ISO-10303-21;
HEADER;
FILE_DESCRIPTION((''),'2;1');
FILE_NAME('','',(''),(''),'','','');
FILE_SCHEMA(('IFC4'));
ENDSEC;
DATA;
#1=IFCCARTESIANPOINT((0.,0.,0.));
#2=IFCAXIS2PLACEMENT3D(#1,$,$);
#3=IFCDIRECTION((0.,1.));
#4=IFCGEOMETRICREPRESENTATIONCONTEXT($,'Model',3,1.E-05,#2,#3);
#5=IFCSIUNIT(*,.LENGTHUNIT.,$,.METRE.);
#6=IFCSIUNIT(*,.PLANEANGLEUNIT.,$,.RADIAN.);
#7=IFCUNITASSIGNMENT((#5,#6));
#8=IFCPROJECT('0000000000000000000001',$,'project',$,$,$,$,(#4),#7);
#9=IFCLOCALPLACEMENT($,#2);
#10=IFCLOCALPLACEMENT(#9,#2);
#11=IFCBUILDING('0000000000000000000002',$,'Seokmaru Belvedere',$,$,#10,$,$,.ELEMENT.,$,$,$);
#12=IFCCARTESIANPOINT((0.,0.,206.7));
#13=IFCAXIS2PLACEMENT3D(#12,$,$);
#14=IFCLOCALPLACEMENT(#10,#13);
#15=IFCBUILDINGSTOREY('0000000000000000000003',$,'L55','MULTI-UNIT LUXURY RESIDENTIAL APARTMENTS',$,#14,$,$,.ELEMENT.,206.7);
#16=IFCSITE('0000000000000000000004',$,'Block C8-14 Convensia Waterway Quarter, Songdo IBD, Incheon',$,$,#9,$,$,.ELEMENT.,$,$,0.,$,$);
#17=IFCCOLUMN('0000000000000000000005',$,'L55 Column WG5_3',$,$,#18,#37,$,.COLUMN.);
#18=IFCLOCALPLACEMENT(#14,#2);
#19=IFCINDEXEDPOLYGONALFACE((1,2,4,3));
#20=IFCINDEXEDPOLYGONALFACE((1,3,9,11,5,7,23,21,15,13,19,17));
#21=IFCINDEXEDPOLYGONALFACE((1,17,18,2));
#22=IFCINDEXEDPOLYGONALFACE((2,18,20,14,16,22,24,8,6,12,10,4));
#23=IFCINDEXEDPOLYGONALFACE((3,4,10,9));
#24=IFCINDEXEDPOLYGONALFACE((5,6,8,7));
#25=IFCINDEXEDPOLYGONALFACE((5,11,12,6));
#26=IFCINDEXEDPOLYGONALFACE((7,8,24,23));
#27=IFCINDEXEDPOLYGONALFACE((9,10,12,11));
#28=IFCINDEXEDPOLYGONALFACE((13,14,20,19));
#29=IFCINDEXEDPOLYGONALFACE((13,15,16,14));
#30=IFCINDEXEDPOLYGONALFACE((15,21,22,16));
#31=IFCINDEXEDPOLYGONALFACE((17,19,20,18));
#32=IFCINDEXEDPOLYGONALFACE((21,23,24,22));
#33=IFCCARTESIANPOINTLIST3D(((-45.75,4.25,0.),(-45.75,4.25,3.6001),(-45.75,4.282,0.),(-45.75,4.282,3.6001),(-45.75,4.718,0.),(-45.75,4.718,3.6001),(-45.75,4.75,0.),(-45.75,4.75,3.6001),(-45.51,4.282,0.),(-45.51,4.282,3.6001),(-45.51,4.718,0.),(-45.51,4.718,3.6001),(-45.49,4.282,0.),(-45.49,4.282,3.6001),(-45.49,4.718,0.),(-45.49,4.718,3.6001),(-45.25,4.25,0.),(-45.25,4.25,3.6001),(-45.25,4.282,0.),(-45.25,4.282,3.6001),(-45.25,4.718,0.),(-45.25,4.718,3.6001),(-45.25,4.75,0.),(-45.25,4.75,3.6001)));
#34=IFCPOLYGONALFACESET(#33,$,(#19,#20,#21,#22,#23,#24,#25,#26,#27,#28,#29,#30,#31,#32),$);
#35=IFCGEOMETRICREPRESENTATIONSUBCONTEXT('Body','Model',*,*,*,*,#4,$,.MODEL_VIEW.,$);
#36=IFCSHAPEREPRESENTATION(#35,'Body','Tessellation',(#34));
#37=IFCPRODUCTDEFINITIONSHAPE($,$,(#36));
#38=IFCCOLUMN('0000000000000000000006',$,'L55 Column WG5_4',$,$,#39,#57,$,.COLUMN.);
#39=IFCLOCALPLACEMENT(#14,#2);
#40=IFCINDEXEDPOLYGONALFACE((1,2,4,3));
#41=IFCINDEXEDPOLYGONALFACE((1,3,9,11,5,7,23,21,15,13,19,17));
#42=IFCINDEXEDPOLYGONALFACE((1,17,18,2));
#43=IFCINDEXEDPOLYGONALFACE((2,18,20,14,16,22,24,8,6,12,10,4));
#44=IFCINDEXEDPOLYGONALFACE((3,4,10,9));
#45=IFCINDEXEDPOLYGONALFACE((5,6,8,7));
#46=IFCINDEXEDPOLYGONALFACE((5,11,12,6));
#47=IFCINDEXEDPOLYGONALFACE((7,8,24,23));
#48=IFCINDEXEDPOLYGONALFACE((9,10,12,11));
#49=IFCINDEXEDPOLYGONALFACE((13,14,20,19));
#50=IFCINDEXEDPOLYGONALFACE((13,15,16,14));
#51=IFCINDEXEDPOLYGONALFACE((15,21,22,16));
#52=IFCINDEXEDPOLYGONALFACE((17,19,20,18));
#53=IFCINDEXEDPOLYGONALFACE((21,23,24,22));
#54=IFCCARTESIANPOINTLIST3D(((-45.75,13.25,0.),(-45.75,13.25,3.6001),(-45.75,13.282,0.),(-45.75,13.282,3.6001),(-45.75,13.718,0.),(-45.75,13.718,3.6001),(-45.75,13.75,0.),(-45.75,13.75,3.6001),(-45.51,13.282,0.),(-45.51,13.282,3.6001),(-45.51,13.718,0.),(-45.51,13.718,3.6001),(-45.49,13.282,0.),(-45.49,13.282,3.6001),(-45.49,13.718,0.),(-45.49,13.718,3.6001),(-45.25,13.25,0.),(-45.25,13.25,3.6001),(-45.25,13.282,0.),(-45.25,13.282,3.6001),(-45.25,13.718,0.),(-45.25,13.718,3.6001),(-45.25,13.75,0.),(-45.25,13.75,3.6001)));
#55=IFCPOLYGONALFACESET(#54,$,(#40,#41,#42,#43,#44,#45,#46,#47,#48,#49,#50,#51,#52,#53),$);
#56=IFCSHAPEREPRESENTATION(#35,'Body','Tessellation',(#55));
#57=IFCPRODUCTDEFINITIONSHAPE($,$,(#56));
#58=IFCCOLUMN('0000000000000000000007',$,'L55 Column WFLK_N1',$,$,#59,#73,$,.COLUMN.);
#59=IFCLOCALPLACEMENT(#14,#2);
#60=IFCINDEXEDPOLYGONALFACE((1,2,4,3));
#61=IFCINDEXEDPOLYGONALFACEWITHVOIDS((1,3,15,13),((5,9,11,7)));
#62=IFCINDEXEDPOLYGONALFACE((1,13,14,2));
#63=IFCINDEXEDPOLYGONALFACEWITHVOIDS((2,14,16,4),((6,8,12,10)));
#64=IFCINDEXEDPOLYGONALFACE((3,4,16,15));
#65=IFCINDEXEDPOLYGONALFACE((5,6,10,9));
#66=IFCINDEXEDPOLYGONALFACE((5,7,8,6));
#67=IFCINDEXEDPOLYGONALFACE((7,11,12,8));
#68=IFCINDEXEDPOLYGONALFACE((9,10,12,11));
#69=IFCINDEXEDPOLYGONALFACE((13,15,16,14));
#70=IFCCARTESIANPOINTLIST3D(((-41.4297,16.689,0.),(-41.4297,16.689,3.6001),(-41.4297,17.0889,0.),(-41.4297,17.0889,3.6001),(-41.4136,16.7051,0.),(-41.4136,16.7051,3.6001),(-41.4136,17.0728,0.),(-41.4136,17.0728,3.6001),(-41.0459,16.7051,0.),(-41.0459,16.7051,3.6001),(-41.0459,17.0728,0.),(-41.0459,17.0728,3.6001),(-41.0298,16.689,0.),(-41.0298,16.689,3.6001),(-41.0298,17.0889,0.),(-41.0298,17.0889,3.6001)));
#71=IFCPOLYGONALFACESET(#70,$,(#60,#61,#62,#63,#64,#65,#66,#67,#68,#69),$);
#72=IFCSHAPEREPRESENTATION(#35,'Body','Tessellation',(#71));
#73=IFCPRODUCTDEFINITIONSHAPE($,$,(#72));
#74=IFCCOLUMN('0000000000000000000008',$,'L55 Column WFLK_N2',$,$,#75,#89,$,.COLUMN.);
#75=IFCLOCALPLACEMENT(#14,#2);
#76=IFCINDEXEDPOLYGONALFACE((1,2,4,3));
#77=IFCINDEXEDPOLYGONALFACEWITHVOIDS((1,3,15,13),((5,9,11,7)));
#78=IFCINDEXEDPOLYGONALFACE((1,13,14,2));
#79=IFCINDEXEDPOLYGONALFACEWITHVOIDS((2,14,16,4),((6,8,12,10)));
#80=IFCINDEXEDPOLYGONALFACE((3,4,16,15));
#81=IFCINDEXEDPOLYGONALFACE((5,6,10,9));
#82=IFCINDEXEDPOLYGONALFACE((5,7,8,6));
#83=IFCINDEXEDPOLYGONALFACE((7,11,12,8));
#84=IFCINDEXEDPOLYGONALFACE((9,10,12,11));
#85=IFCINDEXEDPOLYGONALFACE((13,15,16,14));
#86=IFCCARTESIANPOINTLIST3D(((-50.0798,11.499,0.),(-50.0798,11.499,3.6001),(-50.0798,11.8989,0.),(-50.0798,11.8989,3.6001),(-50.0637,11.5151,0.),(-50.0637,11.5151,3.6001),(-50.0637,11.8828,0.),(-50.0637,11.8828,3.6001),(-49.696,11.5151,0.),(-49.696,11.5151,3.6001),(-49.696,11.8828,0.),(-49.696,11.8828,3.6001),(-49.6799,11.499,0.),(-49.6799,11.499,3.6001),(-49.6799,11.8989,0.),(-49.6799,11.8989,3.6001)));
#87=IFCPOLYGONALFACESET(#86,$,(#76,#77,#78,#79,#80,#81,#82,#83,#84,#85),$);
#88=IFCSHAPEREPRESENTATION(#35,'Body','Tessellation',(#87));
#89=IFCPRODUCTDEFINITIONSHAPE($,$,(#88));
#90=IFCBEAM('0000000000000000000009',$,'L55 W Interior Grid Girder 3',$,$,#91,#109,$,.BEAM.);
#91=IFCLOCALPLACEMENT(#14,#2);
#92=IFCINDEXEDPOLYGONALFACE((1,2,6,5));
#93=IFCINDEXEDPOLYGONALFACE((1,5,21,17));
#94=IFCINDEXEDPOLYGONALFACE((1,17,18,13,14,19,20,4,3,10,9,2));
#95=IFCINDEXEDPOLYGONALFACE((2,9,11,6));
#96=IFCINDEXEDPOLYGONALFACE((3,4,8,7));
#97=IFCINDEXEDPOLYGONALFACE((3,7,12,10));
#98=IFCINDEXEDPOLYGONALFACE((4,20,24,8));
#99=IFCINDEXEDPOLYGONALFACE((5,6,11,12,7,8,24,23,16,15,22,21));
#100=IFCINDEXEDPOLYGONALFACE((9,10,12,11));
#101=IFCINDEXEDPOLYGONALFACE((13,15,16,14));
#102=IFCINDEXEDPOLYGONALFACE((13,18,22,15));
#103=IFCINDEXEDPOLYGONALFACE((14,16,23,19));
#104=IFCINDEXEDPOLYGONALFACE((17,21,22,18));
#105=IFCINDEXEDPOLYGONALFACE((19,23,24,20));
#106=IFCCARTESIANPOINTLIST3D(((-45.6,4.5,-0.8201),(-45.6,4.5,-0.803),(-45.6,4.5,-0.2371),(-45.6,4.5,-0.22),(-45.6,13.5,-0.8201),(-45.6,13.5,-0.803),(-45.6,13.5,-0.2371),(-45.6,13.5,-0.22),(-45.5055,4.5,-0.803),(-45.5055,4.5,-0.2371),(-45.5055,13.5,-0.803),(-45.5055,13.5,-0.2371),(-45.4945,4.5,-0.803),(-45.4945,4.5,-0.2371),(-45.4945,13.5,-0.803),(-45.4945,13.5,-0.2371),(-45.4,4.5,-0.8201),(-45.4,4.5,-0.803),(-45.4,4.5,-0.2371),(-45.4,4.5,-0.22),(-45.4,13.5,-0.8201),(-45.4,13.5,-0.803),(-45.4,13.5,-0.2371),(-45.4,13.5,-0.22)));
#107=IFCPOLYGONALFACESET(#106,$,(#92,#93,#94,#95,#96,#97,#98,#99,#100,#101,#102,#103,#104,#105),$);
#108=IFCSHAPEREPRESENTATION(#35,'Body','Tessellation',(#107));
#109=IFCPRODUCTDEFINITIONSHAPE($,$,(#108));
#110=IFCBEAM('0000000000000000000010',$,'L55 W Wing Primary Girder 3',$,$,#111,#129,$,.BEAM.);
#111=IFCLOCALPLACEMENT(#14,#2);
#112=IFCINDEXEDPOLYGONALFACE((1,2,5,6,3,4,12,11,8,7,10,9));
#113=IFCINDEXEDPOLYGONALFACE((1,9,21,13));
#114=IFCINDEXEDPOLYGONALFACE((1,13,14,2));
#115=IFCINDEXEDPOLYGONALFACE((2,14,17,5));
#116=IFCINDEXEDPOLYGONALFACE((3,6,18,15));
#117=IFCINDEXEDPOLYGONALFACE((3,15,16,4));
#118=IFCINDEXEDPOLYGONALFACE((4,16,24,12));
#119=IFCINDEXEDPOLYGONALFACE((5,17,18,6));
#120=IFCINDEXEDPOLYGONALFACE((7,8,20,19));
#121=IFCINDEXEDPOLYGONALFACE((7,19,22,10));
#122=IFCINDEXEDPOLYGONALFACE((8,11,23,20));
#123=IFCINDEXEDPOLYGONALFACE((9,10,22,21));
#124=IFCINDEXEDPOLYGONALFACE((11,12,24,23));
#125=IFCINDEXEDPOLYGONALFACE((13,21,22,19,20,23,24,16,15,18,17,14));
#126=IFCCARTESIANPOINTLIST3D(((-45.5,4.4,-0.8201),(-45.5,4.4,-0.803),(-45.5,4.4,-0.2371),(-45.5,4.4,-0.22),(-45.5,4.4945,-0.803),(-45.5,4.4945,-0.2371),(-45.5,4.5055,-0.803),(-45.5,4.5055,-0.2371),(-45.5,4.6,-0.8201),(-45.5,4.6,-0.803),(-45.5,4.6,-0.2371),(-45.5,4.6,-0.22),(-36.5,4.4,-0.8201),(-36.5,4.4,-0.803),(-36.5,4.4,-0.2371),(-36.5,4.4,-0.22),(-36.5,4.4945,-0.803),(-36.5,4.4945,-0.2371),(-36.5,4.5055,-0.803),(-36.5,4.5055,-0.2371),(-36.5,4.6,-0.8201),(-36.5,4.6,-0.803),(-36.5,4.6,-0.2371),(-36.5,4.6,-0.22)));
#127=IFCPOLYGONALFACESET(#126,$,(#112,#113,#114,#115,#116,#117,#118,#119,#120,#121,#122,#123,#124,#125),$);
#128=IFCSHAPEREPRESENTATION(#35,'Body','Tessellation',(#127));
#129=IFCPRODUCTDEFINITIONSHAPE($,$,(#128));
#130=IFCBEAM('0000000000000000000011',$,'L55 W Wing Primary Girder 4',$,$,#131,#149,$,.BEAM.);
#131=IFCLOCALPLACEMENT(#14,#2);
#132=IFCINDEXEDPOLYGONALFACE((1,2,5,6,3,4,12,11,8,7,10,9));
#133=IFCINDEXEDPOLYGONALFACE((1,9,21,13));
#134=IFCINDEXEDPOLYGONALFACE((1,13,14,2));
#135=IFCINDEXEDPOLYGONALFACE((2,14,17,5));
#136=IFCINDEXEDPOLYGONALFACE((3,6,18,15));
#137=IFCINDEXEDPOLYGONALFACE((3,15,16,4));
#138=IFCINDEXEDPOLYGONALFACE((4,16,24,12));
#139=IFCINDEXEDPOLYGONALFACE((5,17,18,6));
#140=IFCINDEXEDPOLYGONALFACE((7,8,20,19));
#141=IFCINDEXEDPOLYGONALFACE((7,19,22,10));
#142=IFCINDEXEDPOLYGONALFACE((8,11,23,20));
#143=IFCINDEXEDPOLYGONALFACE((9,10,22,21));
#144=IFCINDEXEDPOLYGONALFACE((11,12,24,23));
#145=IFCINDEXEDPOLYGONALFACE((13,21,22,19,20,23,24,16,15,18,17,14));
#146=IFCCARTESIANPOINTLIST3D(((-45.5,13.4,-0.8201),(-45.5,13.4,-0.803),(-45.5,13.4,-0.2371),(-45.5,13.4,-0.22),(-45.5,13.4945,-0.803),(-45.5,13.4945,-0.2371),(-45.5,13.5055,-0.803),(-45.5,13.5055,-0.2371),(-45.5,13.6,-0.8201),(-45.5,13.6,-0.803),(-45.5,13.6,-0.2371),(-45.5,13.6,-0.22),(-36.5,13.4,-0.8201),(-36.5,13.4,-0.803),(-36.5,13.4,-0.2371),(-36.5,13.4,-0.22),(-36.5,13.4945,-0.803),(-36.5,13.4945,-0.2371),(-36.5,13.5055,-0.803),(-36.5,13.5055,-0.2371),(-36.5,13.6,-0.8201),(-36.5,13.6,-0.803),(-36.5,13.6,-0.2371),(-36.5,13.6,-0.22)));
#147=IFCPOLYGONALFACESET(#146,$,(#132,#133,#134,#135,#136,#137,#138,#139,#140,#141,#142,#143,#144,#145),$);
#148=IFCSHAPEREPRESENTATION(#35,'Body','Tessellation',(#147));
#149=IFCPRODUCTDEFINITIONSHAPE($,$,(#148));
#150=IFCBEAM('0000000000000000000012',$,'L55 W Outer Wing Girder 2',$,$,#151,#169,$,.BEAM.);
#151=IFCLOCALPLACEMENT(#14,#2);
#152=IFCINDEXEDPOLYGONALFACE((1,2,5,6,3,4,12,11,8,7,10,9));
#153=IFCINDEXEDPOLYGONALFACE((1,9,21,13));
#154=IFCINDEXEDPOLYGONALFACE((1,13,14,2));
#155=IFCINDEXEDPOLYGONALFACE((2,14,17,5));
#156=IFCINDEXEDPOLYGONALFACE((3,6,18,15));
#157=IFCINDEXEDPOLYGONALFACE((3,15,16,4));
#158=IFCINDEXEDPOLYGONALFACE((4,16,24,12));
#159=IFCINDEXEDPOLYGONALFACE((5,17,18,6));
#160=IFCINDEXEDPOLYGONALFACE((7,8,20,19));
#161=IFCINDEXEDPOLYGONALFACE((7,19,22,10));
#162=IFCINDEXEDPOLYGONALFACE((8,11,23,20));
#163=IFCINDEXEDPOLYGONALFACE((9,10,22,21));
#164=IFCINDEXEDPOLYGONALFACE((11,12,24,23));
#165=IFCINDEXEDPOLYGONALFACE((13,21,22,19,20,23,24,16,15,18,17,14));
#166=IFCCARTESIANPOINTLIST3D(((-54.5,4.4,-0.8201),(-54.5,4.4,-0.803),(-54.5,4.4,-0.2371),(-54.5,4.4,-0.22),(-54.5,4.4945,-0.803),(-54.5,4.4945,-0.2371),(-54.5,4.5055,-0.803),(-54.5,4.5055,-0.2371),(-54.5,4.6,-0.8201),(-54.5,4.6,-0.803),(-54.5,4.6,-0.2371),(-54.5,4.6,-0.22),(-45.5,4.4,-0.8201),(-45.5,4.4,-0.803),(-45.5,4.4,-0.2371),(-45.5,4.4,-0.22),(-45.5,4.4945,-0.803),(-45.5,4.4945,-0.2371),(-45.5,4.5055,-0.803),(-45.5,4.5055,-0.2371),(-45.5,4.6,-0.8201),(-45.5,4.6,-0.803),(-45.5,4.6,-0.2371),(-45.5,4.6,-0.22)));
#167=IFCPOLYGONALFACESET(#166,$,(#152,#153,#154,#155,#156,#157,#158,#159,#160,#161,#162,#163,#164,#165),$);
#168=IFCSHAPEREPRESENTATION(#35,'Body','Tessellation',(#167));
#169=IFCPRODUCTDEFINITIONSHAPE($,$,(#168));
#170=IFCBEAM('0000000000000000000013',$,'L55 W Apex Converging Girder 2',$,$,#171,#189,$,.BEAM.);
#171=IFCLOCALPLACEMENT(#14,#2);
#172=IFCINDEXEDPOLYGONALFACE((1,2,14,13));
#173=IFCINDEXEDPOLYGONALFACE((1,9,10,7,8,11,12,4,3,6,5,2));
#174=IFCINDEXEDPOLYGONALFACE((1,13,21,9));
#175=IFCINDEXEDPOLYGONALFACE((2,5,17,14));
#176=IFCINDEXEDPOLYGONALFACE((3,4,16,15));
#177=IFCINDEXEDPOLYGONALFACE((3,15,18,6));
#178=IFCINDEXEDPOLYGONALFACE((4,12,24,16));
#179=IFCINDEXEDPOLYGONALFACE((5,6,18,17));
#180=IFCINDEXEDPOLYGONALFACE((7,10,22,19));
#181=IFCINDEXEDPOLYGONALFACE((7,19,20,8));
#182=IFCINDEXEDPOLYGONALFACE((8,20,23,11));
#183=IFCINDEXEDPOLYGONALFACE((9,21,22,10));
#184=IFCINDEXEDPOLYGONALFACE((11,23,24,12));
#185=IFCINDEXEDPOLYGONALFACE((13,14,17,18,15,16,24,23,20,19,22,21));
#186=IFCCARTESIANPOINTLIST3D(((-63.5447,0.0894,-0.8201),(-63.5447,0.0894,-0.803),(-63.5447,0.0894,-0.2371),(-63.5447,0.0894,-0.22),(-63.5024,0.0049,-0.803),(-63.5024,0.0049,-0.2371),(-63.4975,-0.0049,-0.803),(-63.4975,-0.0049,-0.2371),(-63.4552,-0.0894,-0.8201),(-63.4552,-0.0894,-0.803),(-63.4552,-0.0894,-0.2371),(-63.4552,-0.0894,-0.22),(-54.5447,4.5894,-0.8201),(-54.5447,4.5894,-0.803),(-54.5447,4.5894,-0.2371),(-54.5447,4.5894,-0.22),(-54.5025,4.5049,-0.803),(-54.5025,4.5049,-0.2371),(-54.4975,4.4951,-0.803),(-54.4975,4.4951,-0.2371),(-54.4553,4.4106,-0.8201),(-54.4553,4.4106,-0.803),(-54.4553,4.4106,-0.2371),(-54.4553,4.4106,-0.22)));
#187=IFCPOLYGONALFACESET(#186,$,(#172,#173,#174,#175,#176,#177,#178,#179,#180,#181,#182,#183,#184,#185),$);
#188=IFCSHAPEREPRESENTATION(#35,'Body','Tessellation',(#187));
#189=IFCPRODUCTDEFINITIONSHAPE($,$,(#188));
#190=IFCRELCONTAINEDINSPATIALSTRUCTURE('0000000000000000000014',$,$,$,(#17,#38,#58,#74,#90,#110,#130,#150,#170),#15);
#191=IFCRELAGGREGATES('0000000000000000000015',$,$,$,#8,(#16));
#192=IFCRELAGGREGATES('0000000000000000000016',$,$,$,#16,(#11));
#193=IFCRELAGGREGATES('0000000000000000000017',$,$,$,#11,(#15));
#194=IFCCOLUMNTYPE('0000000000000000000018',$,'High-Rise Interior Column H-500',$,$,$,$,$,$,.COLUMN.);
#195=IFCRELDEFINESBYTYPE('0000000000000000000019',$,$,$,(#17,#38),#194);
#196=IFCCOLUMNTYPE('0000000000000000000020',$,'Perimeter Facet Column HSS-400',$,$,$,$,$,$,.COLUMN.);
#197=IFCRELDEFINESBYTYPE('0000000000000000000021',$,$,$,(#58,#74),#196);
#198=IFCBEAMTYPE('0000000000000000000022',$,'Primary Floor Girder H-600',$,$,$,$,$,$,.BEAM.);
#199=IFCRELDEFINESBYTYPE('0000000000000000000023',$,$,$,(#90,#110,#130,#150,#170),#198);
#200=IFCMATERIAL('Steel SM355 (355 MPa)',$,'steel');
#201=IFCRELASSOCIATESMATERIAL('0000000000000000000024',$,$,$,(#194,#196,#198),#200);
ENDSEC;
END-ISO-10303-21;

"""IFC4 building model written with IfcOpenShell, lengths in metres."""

from ifc_helpers import new_model, si_unit, direction, frame, origin, origin_2d, place, context, subcontext, project, spatial, hollow_rectangle, i_section, extrude, source, transform, mapped, material, material_profile, profile_set, type_object, type_shapes, element, save


model = new_model("IFC4")

# Units and contexts
model_context = context("Model", 3, precision=1e-05, world=origin(), true_north=direction((0.0, 1.0)))
body_context = subcontext(model_context, "Body", "Model", "MODEL_VIEW")
ifc_project = project(units=[si_unit("LENGTHUNIT", "METRE"), si_unit("PLANEANGLEUNIT", "RADIAN")], contexts=[model_context])

# Site, building, storey
site_placement = place(None, origin())
site = spatial("IfcSite", under=ifc_project, at=site_placement, Name="Block C8-14 Convensia Waterway Quarter, Songdo IBD, Incheon", CompositionType="ELEMENT", RefElevation=0.0)
building_placement = place(site_placement, origin())
building = spatial("IfcBuilding", under=site, at=building_placement, Name="Seokmaru Belvedere", CompositionType="ELEMENT")
storey_placement = place(building_placement, frame((0.0, 0.0, 206.7)))
storey = spatial("IfcBuildingStorey", under=building, at=storey_placement, Name="L55", Description="MULTI-UNIT LUXURY RESIDENTIAL APARTMENTS", CompositionType="ELEMENT", Elevation=206.7)

# Columns
ifc_material_1 = material(Name="Steel SM355 (355 MPa)", Category="steel")
ifc_material_profile_1 = material_profile(ifc_material_1, i_section(OverallWidth=0.5, OverallDepth=0.5, WebThickness=0.02, FlangeThickness=0.032, at=origin_2d()), Name="H-500x500x20x32")
ifc_profile_set_1 = profile_set([ifc_material_profile_1], Name="Steel SM355 (355 MPa)")
column_type_1 = type_object("IfcColumnType", Name="High-Rise Interior Column H-500", PredefinedType="COLUMN", material=ifc_profile_set_1)
shared_shape_1 = source(origin(), body_context, "Body", "SweptSolid", [
    extrude(i_section(OverallWidth=0.5, OverallDepth=0.5, WebThickness=0.02, FlangeThickness=0.032, at=origin_2d()), origin(), (0.0, 0.0, 1.0), 3.6001),
])
type_shapes(column_type_1, [shared_shape_1])
for number, where, z_axis, x_axis, name in (
    (1, (-45.5, 4.5, 0.0), (0.0, 0.0, 1.0), (1.0, 0.0, 0.0), "L55 Column WG5_3"),
    (2, (-45.5, 13.5, 0.0), (0.0, 0.0, 1.0), (1.0, 0.0, 0.0), "L55 Column WG5_4"),
):
    element("IfcColumn", number, at=place(storey_placement, frame(where, z_axis=z_axis, x_axis=x_axis)), inside=storey, type_object=column_type_1, Name=name, PredefinedType="COLUMN", context=body_context, shape_type="MappedRepresentation", body=[
        mapped(shared_shape_1, transform((0.0, 0.0, 0.0), scale=1.0)),
    ])
ifc_material_profile_2 = material_profile(ifc_material_1, hollow_rectangle(XDim=0.3999, YDim=0.3999, WallThickness=0.0161, at=origin_2d()), Name="HSS-400x400x16")
ifc_profile_set_2 = profile_set([ifc_material_profile_2], Name="Steel SM355 (355 MPa)")
column_type_2 = type_object("IfcColumnType", Name="Perimeter Facet Column HSS-400", PredefinedType="COLUMN", material=ifc_profile_set_2)
shared_shape_2 = source(origin(), body_context, "Body", "SweptSolid", [
    extrude(hollow_rectangle(XDim=0.3999, YDim=0.3999, WallThickness=0.0161, at=origin_2d()), origin(), (0.0, 0.0, 1.0), 3.6001),
])
type_shapes(column_type_2, [shared_shape_2])
for number, where, z_axis, x_axis, name in (
    (3, (-41.2297, 16.8889, 0.0), (0.0, 0.0, 1.0), (1.0, 0.0, 0.0), "L55 Column WFLK_N1"),
    (4, (-49.8799, 11.699, 0.0), (0.0, 0.0, 1.0), (1.0, 0.0, 0.0), "L55 Column WFLK_N2"),
):
    element("IfcColumn", number, at=place(storey_placement, frame(where, z_axis=z_axis, x_axis=x_axis)), inside=storey, type_object=column_type_2, Name=name, PredefinedType="COLUMN", context=body_context, shape_type="MappedRepresentation", body=[
        mapped(shared_shape_2, transform((0.0, 0.0, 0.0), scale=1.0)),
    ])

# Beams
ifc_material_profile_3 = material_profile(ifc_material_1, i_section(OverallWidth=0.2, OverallDepth=0.6001, WebThickness=0.011, FlangeThickness=0.0171, at=origin_2d()), Name="H-600x200x11x17")
ifc_profile_set_3 = profile_set([ifc_material_profile_3], Name="Steel SM355 (355 MPa)")
beam_type_1 = type_object("IfcBeamType", Name="Primary Floor Girder H-600", PredefinedType="BEAM", material=ifc_profile_set_3)
shared_shape_3 = source(origin(), body_context, "Body", "SweptSolid", [
    extrude(i_section(OverallWidth=0.2, OverallDepth=0.6001, WebThickness=0.011, FlangeThickness=0.0171, at=origin_2d()), origin(), (0.0, 0.0, 1.0), 9.0),
])
for number, where, z_axis, x_axis, name in (
    (5, (-45.5, 4.5, -0.52), (0.0, 1.0, 0.0), (-1.0, 0.0, 0.0), "L55 W Interior Grid Girder 3"),
    (6, (-45.5, 4.5, -0.52), (1.0, 0.0, 0.0), (0.0, 1.0, 0.0), "L55 W Wing Primary Girder 3"),
    (7, (-45.5, 13.5, -0.52), (1.0, 0.0, 0.0), (0.0, 1.0, 0.0), "L55 W Wing Primary Girder 4"),
    (8, (-54.5, 4.5, -0.52), (1.0, 0.0, 0.0), (0.0, 1.0, 0.0), "L55 W Outer Wing Girder 2"),
):
    element("IfcBeam", number, at=place(storey_placement, frame(where, z_axis=z_axis, x_axis=x_axis)), inside=storey, type_object=beam_type_1, Name=name, PredefinedType="BEAM", context=body_context, shape_type="MappedRepresentation", body=[
        mapped(shared_shape_3, transform((0.0, 0.0, 0.0), scale=1.0)),
    ])
shared_shape_4 = source(origin(), body_context, "Body", "SweptSolid", [
    extrude(i_section(OverallWidth=0.2, OverallDepth=0.6001, WebThickness=0.011, FlangeThickness=0.0171, at=origin_2d()), origin(), (0.0, 0.0, 1.0), 10.0623),
])
beam_1_placement = place(storey_placement, frame((-54.5, 4.5, -0.52), z_axis=(-0.894427, -0.447214, 0.0), x_axis=(0.447214, -0.894427, 0.0)))
element("IfcBeam", 9, at=beam_1_placement, inside=storey, type_object=beam_type_1, Name="L55 W Apex Converging Girder 2", PredefinedType="BEAM", context=body_context, shape_type="MappedRepresentation", body=[
    mapped(shared_shape_4, transform((0.0, 0.0, 0.0), scale=1.0)),
])

save(model, "model.ifc")
